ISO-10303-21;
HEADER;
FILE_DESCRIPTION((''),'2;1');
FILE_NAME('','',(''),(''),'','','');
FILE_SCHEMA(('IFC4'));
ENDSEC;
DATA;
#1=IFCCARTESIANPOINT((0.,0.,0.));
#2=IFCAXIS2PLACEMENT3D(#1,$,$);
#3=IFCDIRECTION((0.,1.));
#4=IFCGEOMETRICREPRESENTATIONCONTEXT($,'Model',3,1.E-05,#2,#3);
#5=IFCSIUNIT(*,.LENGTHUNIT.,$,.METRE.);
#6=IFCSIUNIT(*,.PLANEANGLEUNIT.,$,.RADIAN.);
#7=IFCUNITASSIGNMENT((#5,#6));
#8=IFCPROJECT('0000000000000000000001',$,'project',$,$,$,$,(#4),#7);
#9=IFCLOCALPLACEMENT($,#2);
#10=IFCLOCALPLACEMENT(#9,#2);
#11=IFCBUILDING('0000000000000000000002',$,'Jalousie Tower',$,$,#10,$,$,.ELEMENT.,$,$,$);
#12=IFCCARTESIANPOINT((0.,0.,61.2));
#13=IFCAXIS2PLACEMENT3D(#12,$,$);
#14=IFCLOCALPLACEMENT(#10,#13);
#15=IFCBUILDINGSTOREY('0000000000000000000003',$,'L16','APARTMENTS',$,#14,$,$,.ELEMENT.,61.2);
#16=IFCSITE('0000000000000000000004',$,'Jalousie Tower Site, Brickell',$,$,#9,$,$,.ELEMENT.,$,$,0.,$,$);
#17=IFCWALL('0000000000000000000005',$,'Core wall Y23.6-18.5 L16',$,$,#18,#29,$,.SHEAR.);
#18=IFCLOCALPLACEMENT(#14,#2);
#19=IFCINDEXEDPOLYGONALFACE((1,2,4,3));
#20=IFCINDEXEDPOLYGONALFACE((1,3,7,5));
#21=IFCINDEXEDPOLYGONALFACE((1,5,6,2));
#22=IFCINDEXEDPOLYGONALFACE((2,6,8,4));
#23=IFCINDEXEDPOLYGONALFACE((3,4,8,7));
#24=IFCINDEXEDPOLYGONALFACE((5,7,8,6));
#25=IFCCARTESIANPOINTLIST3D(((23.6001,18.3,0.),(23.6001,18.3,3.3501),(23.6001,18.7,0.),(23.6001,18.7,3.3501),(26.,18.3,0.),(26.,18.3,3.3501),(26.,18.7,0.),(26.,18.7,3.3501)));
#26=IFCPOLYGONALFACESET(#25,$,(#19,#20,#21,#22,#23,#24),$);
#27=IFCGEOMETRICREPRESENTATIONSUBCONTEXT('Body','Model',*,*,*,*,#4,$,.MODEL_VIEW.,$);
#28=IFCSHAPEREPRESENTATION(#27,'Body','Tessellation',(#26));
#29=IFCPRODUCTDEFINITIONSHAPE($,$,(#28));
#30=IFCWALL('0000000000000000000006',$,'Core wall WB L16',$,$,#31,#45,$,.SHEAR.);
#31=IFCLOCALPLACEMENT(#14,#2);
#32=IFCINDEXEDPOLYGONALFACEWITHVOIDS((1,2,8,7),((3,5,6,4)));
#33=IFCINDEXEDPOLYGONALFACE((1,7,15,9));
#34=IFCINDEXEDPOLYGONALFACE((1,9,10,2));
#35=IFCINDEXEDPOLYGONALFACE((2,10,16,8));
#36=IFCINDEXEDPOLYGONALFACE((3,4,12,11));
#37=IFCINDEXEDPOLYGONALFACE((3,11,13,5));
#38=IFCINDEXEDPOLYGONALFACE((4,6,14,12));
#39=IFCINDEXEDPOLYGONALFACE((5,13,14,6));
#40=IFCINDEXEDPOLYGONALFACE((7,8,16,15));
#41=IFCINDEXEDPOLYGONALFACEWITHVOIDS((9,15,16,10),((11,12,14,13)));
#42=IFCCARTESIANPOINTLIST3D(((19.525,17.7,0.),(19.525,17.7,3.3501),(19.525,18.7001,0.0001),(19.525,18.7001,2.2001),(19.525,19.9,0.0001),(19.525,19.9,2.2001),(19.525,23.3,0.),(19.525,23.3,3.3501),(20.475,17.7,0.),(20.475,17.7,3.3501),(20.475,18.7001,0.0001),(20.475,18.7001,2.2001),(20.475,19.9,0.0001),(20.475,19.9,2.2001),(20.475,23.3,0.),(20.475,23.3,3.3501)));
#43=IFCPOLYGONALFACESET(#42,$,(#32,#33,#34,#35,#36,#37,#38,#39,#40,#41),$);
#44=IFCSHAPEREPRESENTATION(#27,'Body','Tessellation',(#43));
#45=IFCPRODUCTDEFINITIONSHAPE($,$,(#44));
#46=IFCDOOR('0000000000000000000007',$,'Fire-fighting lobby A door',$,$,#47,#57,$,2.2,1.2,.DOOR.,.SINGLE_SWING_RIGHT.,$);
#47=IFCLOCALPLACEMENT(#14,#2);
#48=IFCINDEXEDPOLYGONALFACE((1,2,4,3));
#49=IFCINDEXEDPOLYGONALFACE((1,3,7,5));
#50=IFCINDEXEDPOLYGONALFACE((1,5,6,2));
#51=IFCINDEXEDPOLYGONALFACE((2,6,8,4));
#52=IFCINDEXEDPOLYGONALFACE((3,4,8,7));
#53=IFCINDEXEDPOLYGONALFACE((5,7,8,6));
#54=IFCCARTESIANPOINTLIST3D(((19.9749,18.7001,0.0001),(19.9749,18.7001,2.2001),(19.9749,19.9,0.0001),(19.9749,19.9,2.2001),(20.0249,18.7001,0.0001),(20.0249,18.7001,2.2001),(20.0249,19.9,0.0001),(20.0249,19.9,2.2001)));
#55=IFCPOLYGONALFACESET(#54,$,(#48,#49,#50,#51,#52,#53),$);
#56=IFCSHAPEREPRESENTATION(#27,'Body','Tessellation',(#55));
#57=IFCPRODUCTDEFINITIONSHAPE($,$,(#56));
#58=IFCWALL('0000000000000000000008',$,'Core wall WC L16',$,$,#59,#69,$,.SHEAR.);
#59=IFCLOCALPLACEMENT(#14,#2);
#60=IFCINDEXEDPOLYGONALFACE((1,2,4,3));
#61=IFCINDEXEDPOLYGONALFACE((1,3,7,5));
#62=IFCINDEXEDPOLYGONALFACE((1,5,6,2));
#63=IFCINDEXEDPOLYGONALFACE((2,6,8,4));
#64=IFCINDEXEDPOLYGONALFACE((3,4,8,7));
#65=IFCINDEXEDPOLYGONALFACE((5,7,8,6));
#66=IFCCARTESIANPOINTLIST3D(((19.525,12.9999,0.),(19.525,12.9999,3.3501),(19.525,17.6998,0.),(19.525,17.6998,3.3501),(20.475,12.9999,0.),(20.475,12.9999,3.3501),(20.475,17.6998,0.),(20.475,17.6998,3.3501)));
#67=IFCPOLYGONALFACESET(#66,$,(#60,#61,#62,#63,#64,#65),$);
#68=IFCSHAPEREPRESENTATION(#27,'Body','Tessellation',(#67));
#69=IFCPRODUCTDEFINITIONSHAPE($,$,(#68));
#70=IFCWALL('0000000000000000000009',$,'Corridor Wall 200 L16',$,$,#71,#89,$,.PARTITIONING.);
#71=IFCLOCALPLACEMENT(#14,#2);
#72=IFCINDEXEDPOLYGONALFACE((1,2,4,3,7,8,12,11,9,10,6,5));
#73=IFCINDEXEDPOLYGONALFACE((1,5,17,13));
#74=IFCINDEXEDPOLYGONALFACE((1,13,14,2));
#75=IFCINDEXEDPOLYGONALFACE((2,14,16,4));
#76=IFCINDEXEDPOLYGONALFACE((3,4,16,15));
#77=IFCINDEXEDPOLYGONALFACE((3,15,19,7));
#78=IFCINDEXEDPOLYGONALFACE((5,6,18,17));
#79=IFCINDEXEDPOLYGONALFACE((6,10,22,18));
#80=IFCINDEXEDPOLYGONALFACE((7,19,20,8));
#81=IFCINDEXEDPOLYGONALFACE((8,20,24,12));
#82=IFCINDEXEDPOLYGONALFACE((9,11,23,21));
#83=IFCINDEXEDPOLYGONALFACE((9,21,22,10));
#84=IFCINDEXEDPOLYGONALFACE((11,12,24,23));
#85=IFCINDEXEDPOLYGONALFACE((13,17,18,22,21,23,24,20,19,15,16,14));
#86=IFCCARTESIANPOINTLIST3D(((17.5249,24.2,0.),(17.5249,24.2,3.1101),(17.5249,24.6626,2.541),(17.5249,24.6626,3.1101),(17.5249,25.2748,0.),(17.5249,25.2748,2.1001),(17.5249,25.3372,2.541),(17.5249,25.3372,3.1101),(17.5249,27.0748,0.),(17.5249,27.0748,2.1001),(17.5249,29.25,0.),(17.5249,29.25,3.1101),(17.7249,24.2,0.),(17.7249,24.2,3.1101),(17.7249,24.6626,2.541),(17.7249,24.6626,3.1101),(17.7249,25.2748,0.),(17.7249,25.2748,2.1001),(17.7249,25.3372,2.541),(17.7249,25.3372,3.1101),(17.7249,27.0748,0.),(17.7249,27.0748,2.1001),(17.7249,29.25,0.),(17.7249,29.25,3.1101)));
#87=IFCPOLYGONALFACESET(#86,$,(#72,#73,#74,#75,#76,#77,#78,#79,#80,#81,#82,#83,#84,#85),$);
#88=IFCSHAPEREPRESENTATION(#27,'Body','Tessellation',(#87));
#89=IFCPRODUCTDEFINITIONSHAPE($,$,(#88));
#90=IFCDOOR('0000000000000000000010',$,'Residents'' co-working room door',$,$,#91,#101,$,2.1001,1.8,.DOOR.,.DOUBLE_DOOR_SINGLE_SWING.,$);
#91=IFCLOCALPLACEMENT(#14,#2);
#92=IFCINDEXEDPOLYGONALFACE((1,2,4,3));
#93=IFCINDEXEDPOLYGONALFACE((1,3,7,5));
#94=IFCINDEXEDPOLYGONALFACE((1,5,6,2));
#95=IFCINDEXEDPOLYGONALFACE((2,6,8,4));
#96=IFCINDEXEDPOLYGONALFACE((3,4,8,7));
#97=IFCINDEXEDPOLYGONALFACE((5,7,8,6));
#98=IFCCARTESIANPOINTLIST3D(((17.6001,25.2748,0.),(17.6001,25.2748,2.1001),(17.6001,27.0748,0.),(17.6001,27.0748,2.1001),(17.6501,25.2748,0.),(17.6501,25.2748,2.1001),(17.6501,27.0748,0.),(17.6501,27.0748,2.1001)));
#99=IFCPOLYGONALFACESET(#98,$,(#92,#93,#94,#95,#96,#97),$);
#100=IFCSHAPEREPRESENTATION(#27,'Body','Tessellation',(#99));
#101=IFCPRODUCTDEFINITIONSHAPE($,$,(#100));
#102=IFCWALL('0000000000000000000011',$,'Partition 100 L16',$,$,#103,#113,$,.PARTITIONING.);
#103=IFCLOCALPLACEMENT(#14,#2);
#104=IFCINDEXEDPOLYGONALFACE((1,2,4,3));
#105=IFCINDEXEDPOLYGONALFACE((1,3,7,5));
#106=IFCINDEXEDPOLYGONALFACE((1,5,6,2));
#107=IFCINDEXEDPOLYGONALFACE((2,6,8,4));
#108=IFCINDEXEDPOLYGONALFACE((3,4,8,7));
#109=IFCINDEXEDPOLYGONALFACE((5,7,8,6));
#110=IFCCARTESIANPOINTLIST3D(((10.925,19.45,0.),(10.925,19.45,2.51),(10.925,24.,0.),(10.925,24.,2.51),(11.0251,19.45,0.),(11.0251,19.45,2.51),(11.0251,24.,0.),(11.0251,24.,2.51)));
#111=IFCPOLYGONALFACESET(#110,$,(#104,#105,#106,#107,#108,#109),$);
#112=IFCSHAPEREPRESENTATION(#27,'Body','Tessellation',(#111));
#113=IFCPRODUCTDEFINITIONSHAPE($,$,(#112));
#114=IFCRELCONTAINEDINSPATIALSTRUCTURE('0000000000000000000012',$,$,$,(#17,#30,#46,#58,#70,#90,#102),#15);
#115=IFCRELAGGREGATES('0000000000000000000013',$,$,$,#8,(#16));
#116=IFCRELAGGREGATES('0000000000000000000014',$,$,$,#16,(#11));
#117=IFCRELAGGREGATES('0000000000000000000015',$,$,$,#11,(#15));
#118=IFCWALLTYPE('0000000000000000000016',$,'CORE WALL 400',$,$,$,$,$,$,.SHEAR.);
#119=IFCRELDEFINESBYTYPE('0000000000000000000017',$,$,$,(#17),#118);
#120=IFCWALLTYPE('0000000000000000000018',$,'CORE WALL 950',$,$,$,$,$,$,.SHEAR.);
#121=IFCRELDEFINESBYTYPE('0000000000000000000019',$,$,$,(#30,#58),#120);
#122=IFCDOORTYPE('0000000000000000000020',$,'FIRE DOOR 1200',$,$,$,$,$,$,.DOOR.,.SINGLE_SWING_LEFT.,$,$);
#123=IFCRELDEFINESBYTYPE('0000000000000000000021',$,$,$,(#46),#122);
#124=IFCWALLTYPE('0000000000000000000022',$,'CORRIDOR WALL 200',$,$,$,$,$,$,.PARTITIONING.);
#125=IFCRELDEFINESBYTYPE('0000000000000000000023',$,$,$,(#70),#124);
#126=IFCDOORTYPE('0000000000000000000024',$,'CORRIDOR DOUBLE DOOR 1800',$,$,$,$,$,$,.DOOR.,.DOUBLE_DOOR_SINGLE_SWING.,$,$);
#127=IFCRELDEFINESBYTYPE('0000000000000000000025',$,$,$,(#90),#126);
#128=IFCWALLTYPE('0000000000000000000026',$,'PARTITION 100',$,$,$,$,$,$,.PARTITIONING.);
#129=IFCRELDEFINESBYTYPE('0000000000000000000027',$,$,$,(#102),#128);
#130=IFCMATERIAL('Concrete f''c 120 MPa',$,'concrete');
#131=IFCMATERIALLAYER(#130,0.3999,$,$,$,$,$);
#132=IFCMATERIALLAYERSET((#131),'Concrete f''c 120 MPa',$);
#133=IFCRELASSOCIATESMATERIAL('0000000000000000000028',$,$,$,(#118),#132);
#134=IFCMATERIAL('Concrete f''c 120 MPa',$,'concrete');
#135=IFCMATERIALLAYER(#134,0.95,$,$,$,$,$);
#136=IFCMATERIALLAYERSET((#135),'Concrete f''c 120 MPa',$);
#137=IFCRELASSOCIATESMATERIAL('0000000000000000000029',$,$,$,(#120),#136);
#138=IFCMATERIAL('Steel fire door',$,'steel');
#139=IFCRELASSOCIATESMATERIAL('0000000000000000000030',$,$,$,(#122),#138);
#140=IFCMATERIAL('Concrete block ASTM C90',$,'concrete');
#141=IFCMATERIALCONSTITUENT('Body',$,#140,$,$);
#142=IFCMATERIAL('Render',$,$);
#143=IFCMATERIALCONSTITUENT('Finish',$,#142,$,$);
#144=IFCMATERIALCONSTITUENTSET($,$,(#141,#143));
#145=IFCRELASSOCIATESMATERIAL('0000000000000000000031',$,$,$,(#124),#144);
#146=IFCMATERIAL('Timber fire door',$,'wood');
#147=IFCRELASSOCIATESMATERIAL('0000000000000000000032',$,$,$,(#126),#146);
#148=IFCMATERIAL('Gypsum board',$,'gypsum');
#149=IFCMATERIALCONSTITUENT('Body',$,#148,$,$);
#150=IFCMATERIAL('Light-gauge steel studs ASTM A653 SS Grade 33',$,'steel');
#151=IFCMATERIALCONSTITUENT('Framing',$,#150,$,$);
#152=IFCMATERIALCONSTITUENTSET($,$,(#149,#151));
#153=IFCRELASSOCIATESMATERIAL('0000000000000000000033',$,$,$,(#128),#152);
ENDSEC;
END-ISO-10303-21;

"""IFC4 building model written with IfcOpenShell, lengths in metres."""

from ifc_helpers import new_model, si_unit, direction, frame, frame_2d, origin, place, context, subcontext, project, spatial, polyline, rectangle, outline, extrude, material, layer, layer_set, constituent, constituent_set, type_object, element, fill, save


model = new_model("IFC4")

# Units and contexts
model_context = context("Model", 3, precision=1e-05, world=origin(), true_north=direction((0.0, 1.0)))
body_context = subcontext(model_context, "Body", "Model", "MODEL_VIEW")
ifc_project = project(units=[si_unit("LENGTHUNIT", "METRE"), si_unit("PLANEANGLEUNIT", "RADIAN")], contexts=[model_context])

# Site, building, storey
site_placement = place(None, origin())
site = spatial("IfcSite", under=ifc_project, at=site_placement, Name="Jalousie Tower Site, Brickell", CompositionType="ELEMENT", RefElevation=0.0)
building_placement = place(site_placement, origin())
building = spatial("IfcBuilding", under=site, at=building_placement, Name="Jalousie Tower", CompositionType="ELEMENT")
storey_placement = place(building_placement, frame((0.0, 0.0, 61.2)))
storey = spatial("IfcBuildingStorey", under=building, at=storey_placement, Name="L16", Description="APARTMENTS", CompositionType="ELEMENT", Elevation=61.2)

# Shared definitions
ifc_material_1 = material(Name="Concrete f'c 120 MPa", Category="concrete")
ifc_layer_1 = layer(ifc_material_1, 0.3999)
ifc_layer_set_1 = layer_set([ifc_layer_1], Name="Concrete f'c 120 MPa")
wall_type_1 = type_object("IfcWallType", Name="CORE WALL 400", PredefinedType="SHEAR", material=ifc_layer_set_1)

# Wall
wall_1_placement = place(storey_placement, frame((23.6001, 18.5, 0.0), z_axis=(0.0, 0.0, 1.0), x_axis=(1.0, 0.0, 0.0)))
element("IfcWall", 1, at=wall_1_placement, inside=storey, type_object=wall_type_1, Name="Core wall Y23.6-18.5 L16", PredefinedType="SHEAR", context=body_context, shape_type="SweptSolid", body=[
    extrude(rectangle(XDim=2.3999, YDim=0.3999, at=frame_2d((1.2, 0.0))), origin(), (0.0, 0.0, 1.0), 3.3501),
])

# Wall, opening, door
ifc_material_2 = material(Name="Concrete f'c 120 MPa", Category="concrete")
ifc_layer_2 = layer(ifc_material_2, 0.95)
ifc_layer_set_2 = layer_set([ifc_layer_2], Name="Concrete f'c 120 MPa")
wall_type_2 = type_object("IfcWallType", Name="CORE WALL 950", PredefinedType="SHEAR", material=ifc_layer_set_2)
wall_2_placement = place(storey_placement, frame((20.0, 23.3, 0.0), z_axis=(0.0, 0.0, 1.0), x_axis=(0.0, -1.0, 0.0)))
wall_2 = element("IfcWall", 2, at=wall_2_placement, inside=storey, type_object=wall_type_2, Name="Core wall WB L16", PredefinedType="SHEAR", context=body_context, shape_type="SweptSolid", body=[
    extrude(rectangle(XDim=5.6001, YDim=0.95, at=frame_2d((2.8, 0.0))), origin(), (0.0, 0.0, 1.0), 3.3501),
])
opening_1_placement = place(wall_2_placement, frame((3.3999, 0.0, 0.0)))
opening_1 = element("IfcOpeningElement", 3, at=opening_1_placement, cuts=wall_2, PredefinedType="OPENING", context=body_context, shape_type="SweptSolid", body=[
    extrude(rectangle(XDim=1.2, YDim=2.2, at=frame_2d((0.6001, 1.1001))), frame((0.0, 0.4849, 0.0), z_axis=(0.0, -1.0, 0.0), x_axis=(1.0, 0.0, 0.0)), (0.0, 0.0, 1.0), 0.97),
])
ifc_material_3 = material(Name="Steel fire door", Category="steel")
door_type_1 = type_object("IfcDoorType", Name="FIRE DOOR 1200", OperationType="SINGLE_SWING_LEFT", PredefinedType="DOOR", material=ifc_material_3)
door_1_placement = place(opening_1_placement, origin())
door_1 = element("IfcDoor", 4, at=door_1_placement, inside=storey, type_object=door_type_1, Name="Fire-fighting lobby A door", OperationType="SINGLE_SWING_RIGHT", OverallHeight=2.2, OverallWidth=1.2, PredefinedType="DOOR", context=body_context, shape_type="SweptSolid", body=[
    extrude(rectangle(XDim=1.2, YDim=2.2, at=frame_2d((0.6001, 1.1001))), frame((0.0, 0.0249, 0.0), z_axis=(0.0, -1.0, 0.0), x_axis=(1.0, 0.0, 0.0)), (0.0, 0.0, 1.0), 0.05),
])
fill(opening_1, door_1)

# Wall
wall_3_placement = place(storey_placement, frame((20.0, 17.7, 0.0), z_axis=(0.0, 0.0, 1.0), x_axis=(0.0, -1.0, 0.0)))
element("IfcWall", 5, at=wall_3_placement, inside=storey, type_object=wall_type_2, Name="Core wall WC L16", PredefinedType="SHEAR", context=body_context, shape_type="SweptSolid", body=[
    extrude(rectangle(XDim=4.7, YDim=0.95, at=frame_2d((2.3501, 0.0))), origin(), (0.0, 0.0, 1.0), 3.3501),
])

# Wall, opening, door
ifc_material_4 = material(Name="Concrete block ASTM C90", Category="concrete")
ifc_constituent_1 = constituent(ifc_material_4, Name="Body")
ifc_material_5 = material(Name="Render")
ifc_constituent_2 = constituent(ifc_material_5, Name="Finish")
ifc_constituent_set_1 = constituent_set(constituents=[ifc_constituent_1, ifc_constituent_2])
wall_type_3 = type_object("IfcWallType", Name="CORRIDOR WALL 200", PredefinedType="PARTITIONING", material=ifc_constituent_set_1)
wall_4_placement = place(storey_placement, frame((17.625, 24.2, 0.0), z_axis=(0.0, 0.0, 1.0), x_axis=(0.0, 1.0, 0.0)))
wall_4 = element("IfcWall", 6, at=wall_4_placement, inside=storey, type_object=wall_type_3, Name="Corridor Wall 200 L16", PredefinedType="PARTITIONING", context=body_context, shape_type="SweptSolid", body=[
    extrude(outline(polyline([(0.0, 0.0), (5.05, 0.0), (5.05, 3.1101), (1.1372, 3.1101), (1.1372, 2.541), (0.4626, 2.541), (0.4626, 3.1101), (0.0, 3.1101), (0.0, 0.0)])), frame((0.0, 0.1001, 0.0), z_axis=(0.0, -1.0, 0.0), x_axis=(1.0, 0.0, 0.0)), (0.0, 0.0, 1.0), 0.2),
])
opening_2_placement = place(wall_4_placement, frame((1.075, 0.0, 0.0)))
opening_2 = element("IfcOpeningElement", 7, at=opening_2_placement, cuts=wall_4, PredefinedType="OPENING", context=body_context, shape_type="SweptSolid", body=[
    extrude(rectangle(XDim=1.8, YDim=2.1001, at=frame_2d((0.8999, 1.05))), frame((0.0, 0.1099, 0.0), z_axis=(0.0, -1.0, 0.0), x_axis=(1.0, 0.0, 0.0)), (0.0, 0.0, 1.0), 0.22),
])
ifc_material_6 = material(Name="Timber fire door", Category="wood")
door_type_2 = type_object("IfcDoorType", Name="CORRIDOR DOUBLE DOOR 1800", OperationType="DOUBLE_DOOR_SINGLE_SWING", PredefinedType="DOOR", material=ifc_material_6)
door_2_placement = place(opening_2_placement, origin())
door_2 = element("IfcDoor", 8, at=door_2_placement, inside=storey, type_object=door_type_2, Name="Residents' co-working room door", OperationType="DOUBLE_DOOR_SINGLE_SWING", OverallHeight=2.1001, OverallWidth=1.8, PredefinedType="DOOR", context=body_context, shape_type="SweptSolid", body=[
    extrude(rectangle(XDim=1.8, YDim=2.1001, at=frame_2d((0.8999, 1.05))), frame((0.0, 0.0249, 0.0), z_axis=(0.0, -1.0, 0.0), x_axis=(1.0, 0.0, 0.0)), (0.0, 0.0, 1.0), 0.05),
])
fill(opening_2, door_2)

# Wall
ifc_material_7 = material(Name="Gypsum board", Category="gypsum")
ifc_constituent_3 = constituent(ifc_material_7, Name="Body")
ifc_material_8 = material(Name="Light-gauge steel studs ASTM A653 SS Grade 33", Category="steel")
ifc_constituent_4 = constituent(ifc_material_8, Name="Framing")
ifc_constituent_set_2 = constituent_set(constituents=[ifc_constituent_3, ifc_constituent_4])
wall_type_4 = type_object("IfcWallType", Name="PARTITION 100", PredefinedType="PARTITIONING", material=ifc_constituent_set_2)
wall_5_placement = place(storey_placement, frame((10.9751, 19.45, 0.0), z_axis=(0.0, 0.0, 1.0), x_axis=(0.0, 1.0, 0.0)))
element("IfcWall", 9, at=wall_5_placement, inside=storey, type_object=wall_type_4, Name="Partition 100 L16", PredefinedType="PARTITIONING", context=body_context, shape_type="SweptSolid", body=[
    extrude(outline(polyline([(0.0, 0.0), (4.55, 0.0), (4.55, 3.1101), (4.55, 2.51), (0.0, 2.51), (0.0, 3.1101), (0.0, 0.0)])), frame((0.0, 0.05, 0.0), z_axis=(0.0, -1.0, 0.0), x_axis=(1.0, 0.0, 0.0)), (0.0, 0.0, 1.0), 0.1001),
])

save(model, "model.ifc")
